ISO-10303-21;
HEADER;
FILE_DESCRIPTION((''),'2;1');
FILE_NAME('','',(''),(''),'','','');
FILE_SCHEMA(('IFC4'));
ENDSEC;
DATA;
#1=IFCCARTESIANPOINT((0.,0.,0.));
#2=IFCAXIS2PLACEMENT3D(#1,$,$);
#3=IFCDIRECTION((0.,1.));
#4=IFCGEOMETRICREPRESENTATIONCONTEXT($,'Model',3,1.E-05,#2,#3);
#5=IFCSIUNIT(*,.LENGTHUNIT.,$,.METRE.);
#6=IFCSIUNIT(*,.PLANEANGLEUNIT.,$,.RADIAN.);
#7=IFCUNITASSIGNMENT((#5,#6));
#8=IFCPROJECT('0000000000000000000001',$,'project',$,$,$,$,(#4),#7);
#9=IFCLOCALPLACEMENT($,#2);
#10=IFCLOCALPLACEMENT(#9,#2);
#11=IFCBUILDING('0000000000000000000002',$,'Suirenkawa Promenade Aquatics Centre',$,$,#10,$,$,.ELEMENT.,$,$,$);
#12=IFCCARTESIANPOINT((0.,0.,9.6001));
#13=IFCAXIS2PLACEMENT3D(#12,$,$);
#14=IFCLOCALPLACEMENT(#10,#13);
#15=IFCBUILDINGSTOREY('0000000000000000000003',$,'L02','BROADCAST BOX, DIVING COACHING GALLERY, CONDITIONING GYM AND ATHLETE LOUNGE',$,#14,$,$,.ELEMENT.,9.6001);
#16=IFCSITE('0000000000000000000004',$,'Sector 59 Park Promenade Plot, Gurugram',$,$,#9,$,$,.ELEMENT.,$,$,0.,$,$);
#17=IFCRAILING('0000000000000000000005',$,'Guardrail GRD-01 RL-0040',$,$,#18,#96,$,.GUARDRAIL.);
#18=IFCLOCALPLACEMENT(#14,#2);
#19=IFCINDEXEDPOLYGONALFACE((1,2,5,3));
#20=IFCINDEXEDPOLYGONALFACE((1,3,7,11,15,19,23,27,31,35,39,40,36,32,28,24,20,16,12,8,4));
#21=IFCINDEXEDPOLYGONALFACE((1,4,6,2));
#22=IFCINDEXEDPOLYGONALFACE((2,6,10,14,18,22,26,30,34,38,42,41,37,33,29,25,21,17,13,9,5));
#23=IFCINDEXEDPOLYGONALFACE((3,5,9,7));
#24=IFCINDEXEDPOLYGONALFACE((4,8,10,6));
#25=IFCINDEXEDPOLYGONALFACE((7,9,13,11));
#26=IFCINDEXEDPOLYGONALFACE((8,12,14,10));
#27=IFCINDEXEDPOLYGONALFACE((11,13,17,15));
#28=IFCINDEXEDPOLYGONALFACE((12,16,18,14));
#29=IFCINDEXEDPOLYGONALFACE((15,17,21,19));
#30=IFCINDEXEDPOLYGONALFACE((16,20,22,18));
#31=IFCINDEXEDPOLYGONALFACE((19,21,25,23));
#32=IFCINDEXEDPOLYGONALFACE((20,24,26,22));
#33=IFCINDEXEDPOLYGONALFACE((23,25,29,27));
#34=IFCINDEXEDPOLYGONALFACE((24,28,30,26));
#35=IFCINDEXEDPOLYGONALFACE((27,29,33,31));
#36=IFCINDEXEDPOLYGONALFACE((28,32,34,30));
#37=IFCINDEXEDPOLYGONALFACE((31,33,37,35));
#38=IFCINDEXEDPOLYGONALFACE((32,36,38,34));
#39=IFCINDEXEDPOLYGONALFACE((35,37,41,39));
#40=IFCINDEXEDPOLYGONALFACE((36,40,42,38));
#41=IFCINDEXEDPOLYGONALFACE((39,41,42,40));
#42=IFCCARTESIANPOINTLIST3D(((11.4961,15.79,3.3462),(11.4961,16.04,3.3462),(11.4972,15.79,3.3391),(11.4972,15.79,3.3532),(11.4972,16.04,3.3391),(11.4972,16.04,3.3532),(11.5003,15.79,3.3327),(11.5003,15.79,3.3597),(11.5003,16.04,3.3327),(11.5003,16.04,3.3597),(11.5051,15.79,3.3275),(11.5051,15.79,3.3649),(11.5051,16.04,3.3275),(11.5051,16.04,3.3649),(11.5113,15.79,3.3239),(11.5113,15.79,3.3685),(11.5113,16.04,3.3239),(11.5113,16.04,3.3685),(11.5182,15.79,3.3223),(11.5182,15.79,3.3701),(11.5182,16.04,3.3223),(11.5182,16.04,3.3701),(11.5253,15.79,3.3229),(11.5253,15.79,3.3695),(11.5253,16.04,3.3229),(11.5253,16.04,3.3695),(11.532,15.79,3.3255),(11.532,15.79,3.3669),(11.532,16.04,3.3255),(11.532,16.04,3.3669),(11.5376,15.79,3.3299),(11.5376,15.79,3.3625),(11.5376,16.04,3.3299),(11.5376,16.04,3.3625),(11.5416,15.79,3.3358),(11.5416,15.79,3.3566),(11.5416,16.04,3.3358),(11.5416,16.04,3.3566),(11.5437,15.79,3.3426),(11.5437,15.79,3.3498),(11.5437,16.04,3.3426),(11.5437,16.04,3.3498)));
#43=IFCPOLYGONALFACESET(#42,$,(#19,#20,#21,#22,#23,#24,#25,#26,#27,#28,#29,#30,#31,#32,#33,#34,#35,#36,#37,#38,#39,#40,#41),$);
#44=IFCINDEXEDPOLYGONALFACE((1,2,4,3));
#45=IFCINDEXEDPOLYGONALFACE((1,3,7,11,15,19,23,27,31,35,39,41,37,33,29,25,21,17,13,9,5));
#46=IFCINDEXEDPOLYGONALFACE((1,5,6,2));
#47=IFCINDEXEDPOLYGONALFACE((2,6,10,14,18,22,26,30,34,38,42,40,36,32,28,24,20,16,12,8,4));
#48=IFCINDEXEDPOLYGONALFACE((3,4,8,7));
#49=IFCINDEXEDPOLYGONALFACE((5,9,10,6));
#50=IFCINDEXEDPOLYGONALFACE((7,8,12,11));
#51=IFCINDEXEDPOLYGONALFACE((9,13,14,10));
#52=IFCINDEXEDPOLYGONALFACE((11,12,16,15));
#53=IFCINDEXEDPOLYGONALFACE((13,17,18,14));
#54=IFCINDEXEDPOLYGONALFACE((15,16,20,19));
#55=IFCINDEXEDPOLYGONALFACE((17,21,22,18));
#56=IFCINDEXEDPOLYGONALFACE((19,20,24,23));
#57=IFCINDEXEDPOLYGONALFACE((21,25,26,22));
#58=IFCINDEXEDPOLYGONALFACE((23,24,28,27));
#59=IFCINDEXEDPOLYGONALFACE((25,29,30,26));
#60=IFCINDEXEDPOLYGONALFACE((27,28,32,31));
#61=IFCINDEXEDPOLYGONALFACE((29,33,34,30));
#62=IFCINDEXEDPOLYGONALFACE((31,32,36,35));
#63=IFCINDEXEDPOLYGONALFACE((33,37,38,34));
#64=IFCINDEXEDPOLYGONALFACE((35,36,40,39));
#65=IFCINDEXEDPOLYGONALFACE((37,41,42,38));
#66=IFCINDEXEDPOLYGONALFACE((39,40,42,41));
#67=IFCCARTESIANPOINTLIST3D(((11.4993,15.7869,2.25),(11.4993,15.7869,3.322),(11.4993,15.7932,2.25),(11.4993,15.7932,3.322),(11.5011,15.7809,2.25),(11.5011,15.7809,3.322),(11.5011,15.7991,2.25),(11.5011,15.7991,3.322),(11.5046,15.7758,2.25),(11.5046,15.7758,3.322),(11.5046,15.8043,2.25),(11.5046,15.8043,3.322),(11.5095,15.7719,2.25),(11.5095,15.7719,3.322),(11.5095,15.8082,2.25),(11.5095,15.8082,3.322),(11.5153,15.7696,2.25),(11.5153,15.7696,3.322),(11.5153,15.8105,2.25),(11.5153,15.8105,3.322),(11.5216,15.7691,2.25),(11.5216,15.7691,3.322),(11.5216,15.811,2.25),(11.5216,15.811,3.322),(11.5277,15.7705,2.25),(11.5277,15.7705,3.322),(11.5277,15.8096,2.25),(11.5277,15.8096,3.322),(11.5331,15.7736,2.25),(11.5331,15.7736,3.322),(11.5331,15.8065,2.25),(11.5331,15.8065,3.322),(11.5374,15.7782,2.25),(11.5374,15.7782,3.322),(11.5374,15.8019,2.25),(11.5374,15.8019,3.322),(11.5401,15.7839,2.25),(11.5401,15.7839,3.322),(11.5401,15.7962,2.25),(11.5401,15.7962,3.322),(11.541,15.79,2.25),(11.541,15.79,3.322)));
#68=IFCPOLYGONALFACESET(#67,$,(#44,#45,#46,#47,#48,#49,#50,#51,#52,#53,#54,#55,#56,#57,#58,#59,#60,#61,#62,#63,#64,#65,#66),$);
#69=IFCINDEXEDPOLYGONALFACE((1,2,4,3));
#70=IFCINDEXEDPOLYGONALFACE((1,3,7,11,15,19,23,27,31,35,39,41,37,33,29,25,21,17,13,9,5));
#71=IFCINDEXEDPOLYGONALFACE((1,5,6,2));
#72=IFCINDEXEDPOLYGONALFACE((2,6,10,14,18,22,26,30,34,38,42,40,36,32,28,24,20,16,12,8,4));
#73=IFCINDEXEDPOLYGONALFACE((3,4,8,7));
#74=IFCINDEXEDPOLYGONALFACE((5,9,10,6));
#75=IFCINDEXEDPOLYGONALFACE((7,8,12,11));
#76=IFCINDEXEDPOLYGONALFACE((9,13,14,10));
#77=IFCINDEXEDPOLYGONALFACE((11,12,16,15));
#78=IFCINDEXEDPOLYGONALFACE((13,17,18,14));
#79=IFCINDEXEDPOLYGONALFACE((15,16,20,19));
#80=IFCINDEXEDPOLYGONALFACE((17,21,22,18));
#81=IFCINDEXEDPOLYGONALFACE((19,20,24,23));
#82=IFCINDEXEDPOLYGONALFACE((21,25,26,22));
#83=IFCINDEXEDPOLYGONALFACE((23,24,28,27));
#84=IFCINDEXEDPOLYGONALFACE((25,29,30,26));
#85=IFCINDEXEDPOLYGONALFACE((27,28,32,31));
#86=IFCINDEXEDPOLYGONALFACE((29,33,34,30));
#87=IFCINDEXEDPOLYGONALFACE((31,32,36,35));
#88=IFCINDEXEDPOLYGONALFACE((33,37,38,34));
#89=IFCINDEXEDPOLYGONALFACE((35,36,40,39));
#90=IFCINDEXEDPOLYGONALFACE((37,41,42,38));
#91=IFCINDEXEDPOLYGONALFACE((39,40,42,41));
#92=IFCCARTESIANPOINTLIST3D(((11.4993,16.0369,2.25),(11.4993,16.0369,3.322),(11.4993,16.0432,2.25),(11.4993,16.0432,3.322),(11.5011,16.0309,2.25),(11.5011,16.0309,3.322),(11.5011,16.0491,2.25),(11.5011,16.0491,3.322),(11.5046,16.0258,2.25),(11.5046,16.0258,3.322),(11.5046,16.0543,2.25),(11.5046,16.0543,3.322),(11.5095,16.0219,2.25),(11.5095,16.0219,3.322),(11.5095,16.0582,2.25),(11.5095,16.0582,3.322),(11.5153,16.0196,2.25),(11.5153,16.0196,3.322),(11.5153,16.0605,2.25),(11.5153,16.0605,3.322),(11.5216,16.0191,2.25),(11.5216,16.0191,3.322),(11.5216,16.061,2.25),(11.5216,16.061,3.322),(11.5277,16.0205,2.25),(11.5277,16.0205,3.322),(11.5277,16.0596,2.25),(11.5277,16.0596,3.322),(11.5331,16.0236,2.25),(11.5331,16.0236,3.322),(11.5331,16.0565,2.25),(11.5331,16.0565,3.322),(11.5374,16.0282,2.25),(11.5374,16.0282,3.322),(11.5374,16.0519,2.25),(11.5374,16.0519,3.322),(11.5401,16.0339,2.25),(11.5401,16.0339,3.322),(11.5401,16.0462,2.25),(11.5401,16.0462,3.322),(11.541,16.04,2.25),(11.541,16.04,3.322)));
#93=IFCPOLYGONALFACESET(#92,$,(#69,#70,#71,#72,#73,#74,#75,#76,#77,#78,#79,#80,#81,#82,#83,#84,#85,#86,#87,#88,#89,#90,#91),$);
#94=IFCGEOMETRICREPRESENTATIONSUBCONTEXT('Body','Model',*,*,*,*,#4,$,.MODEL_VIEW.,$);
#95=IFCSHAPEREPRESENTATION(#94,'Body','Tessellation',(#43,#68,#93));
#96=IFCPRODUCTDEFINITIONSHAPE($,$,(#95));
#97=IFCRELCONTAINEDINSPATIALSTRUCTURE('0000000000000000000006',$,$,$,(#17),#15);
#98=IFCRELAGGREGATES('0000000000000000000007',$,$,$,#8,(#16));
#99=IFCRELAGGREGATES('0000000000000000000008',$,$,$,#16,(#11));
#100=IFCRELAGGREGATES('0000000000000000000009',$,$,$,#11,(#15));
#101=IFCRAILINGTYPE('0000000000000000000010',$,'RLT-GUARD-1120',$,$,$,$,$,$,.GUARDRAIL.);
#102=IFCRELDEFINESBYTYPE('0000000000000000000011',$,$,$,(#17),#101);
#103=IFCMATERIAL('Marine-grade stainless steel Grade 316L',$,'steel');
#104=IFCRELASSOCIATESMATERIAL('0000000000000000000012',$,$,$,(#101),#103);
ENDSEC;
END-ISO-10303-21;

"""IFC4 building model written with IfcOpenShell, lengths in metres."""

from ifc_helpers import new_model, si_unit, direction, frame, origin, origin_2d, place, context, subcontext, project, spatial, circle, extrude, material, type_object, element, save


model = new_model("IFC4")

# Units and contexts
model_context = context("Model", 3, precision=1e-05, world=origin(), true_north=direction((0.0, 1.0)))
body_context = subcontext(model_context, "Body", "Model", "MODEL_VIEW")
ifc_project = project(units=[si_unit("LENGTHUNIT", "METRE"), si_unit("PLANEANGLEUNIT", "RADIAN")], contexts=[model_context])

# Site, building, storey
site_placement = place(None, origin())
site = spatial("IfcSite", under=ifc_project, at=site_placement, Name="Sector 59 Park Promenade Plot, Gurugram", CompositionType="ELEMENT", RefElevation=0.0)
building_placement = place(site_placement, origin())
building = spatial("IfcBuilding", under=site, at=building_placement, Name="Suirenkawa Promenade Aquatics Centre", CompositionType="ELEMENT")
storey_placement = place(building_placement, frame((0.0, 0.0, 9.6001)))
storey = spatial("IfcBuildingStorey", under=building, at=storey_placement, Name="L02", Description="BROADCAST BOX, DIVING COACHING GALLERY, CONDITIONING GYM AND ATHLETE LOUNGE", CompositionType="ELEMENT", Elevation=9.6001)

# Shared definitions
ifc_material_1 = material(Name="Marine-grade stainless steel Grade 316L", Category="steel")

# Railing
railing_type_1 = type_object("IfcRailingType", Name="RLT-GUARD-1120", PredefinedType="GUARDRAIL", material=ifc_material_1)
railing_1_placement = place(storey_placement, frame((11.52, 15.79, 2.25)))
element("IfcRailing", 1, at=railing_1_placement, inside=storey, type_object=railing_type_1, Name="Guardrail GRD-01 RL-0040", PredefinedType="GUARDRAIL", context=body_context, shape_type="SweptSolid", body=[
    extrude(circle(Radius=0.0239, at=origin_2d()), frame((0.0, 0.0, 1.0962), z_axis=(0.0, 1.0, 0.0), x_axis=(-1.0, 0.0, 0.0)), (0.0, 0.0, 1.0), 0.25),
    extrude(circle(Radius=0.021, at=origin_2d()), origin(), (0.0, 0.0, 1.0), 1.072),
    extrude(circle(Radius=0.021, at=origin_2d()), frame((0.0, 0.25, 0.0)), (0.0, 0.0, 1.0), 1.072),
])

save(model, "model.ifc")
